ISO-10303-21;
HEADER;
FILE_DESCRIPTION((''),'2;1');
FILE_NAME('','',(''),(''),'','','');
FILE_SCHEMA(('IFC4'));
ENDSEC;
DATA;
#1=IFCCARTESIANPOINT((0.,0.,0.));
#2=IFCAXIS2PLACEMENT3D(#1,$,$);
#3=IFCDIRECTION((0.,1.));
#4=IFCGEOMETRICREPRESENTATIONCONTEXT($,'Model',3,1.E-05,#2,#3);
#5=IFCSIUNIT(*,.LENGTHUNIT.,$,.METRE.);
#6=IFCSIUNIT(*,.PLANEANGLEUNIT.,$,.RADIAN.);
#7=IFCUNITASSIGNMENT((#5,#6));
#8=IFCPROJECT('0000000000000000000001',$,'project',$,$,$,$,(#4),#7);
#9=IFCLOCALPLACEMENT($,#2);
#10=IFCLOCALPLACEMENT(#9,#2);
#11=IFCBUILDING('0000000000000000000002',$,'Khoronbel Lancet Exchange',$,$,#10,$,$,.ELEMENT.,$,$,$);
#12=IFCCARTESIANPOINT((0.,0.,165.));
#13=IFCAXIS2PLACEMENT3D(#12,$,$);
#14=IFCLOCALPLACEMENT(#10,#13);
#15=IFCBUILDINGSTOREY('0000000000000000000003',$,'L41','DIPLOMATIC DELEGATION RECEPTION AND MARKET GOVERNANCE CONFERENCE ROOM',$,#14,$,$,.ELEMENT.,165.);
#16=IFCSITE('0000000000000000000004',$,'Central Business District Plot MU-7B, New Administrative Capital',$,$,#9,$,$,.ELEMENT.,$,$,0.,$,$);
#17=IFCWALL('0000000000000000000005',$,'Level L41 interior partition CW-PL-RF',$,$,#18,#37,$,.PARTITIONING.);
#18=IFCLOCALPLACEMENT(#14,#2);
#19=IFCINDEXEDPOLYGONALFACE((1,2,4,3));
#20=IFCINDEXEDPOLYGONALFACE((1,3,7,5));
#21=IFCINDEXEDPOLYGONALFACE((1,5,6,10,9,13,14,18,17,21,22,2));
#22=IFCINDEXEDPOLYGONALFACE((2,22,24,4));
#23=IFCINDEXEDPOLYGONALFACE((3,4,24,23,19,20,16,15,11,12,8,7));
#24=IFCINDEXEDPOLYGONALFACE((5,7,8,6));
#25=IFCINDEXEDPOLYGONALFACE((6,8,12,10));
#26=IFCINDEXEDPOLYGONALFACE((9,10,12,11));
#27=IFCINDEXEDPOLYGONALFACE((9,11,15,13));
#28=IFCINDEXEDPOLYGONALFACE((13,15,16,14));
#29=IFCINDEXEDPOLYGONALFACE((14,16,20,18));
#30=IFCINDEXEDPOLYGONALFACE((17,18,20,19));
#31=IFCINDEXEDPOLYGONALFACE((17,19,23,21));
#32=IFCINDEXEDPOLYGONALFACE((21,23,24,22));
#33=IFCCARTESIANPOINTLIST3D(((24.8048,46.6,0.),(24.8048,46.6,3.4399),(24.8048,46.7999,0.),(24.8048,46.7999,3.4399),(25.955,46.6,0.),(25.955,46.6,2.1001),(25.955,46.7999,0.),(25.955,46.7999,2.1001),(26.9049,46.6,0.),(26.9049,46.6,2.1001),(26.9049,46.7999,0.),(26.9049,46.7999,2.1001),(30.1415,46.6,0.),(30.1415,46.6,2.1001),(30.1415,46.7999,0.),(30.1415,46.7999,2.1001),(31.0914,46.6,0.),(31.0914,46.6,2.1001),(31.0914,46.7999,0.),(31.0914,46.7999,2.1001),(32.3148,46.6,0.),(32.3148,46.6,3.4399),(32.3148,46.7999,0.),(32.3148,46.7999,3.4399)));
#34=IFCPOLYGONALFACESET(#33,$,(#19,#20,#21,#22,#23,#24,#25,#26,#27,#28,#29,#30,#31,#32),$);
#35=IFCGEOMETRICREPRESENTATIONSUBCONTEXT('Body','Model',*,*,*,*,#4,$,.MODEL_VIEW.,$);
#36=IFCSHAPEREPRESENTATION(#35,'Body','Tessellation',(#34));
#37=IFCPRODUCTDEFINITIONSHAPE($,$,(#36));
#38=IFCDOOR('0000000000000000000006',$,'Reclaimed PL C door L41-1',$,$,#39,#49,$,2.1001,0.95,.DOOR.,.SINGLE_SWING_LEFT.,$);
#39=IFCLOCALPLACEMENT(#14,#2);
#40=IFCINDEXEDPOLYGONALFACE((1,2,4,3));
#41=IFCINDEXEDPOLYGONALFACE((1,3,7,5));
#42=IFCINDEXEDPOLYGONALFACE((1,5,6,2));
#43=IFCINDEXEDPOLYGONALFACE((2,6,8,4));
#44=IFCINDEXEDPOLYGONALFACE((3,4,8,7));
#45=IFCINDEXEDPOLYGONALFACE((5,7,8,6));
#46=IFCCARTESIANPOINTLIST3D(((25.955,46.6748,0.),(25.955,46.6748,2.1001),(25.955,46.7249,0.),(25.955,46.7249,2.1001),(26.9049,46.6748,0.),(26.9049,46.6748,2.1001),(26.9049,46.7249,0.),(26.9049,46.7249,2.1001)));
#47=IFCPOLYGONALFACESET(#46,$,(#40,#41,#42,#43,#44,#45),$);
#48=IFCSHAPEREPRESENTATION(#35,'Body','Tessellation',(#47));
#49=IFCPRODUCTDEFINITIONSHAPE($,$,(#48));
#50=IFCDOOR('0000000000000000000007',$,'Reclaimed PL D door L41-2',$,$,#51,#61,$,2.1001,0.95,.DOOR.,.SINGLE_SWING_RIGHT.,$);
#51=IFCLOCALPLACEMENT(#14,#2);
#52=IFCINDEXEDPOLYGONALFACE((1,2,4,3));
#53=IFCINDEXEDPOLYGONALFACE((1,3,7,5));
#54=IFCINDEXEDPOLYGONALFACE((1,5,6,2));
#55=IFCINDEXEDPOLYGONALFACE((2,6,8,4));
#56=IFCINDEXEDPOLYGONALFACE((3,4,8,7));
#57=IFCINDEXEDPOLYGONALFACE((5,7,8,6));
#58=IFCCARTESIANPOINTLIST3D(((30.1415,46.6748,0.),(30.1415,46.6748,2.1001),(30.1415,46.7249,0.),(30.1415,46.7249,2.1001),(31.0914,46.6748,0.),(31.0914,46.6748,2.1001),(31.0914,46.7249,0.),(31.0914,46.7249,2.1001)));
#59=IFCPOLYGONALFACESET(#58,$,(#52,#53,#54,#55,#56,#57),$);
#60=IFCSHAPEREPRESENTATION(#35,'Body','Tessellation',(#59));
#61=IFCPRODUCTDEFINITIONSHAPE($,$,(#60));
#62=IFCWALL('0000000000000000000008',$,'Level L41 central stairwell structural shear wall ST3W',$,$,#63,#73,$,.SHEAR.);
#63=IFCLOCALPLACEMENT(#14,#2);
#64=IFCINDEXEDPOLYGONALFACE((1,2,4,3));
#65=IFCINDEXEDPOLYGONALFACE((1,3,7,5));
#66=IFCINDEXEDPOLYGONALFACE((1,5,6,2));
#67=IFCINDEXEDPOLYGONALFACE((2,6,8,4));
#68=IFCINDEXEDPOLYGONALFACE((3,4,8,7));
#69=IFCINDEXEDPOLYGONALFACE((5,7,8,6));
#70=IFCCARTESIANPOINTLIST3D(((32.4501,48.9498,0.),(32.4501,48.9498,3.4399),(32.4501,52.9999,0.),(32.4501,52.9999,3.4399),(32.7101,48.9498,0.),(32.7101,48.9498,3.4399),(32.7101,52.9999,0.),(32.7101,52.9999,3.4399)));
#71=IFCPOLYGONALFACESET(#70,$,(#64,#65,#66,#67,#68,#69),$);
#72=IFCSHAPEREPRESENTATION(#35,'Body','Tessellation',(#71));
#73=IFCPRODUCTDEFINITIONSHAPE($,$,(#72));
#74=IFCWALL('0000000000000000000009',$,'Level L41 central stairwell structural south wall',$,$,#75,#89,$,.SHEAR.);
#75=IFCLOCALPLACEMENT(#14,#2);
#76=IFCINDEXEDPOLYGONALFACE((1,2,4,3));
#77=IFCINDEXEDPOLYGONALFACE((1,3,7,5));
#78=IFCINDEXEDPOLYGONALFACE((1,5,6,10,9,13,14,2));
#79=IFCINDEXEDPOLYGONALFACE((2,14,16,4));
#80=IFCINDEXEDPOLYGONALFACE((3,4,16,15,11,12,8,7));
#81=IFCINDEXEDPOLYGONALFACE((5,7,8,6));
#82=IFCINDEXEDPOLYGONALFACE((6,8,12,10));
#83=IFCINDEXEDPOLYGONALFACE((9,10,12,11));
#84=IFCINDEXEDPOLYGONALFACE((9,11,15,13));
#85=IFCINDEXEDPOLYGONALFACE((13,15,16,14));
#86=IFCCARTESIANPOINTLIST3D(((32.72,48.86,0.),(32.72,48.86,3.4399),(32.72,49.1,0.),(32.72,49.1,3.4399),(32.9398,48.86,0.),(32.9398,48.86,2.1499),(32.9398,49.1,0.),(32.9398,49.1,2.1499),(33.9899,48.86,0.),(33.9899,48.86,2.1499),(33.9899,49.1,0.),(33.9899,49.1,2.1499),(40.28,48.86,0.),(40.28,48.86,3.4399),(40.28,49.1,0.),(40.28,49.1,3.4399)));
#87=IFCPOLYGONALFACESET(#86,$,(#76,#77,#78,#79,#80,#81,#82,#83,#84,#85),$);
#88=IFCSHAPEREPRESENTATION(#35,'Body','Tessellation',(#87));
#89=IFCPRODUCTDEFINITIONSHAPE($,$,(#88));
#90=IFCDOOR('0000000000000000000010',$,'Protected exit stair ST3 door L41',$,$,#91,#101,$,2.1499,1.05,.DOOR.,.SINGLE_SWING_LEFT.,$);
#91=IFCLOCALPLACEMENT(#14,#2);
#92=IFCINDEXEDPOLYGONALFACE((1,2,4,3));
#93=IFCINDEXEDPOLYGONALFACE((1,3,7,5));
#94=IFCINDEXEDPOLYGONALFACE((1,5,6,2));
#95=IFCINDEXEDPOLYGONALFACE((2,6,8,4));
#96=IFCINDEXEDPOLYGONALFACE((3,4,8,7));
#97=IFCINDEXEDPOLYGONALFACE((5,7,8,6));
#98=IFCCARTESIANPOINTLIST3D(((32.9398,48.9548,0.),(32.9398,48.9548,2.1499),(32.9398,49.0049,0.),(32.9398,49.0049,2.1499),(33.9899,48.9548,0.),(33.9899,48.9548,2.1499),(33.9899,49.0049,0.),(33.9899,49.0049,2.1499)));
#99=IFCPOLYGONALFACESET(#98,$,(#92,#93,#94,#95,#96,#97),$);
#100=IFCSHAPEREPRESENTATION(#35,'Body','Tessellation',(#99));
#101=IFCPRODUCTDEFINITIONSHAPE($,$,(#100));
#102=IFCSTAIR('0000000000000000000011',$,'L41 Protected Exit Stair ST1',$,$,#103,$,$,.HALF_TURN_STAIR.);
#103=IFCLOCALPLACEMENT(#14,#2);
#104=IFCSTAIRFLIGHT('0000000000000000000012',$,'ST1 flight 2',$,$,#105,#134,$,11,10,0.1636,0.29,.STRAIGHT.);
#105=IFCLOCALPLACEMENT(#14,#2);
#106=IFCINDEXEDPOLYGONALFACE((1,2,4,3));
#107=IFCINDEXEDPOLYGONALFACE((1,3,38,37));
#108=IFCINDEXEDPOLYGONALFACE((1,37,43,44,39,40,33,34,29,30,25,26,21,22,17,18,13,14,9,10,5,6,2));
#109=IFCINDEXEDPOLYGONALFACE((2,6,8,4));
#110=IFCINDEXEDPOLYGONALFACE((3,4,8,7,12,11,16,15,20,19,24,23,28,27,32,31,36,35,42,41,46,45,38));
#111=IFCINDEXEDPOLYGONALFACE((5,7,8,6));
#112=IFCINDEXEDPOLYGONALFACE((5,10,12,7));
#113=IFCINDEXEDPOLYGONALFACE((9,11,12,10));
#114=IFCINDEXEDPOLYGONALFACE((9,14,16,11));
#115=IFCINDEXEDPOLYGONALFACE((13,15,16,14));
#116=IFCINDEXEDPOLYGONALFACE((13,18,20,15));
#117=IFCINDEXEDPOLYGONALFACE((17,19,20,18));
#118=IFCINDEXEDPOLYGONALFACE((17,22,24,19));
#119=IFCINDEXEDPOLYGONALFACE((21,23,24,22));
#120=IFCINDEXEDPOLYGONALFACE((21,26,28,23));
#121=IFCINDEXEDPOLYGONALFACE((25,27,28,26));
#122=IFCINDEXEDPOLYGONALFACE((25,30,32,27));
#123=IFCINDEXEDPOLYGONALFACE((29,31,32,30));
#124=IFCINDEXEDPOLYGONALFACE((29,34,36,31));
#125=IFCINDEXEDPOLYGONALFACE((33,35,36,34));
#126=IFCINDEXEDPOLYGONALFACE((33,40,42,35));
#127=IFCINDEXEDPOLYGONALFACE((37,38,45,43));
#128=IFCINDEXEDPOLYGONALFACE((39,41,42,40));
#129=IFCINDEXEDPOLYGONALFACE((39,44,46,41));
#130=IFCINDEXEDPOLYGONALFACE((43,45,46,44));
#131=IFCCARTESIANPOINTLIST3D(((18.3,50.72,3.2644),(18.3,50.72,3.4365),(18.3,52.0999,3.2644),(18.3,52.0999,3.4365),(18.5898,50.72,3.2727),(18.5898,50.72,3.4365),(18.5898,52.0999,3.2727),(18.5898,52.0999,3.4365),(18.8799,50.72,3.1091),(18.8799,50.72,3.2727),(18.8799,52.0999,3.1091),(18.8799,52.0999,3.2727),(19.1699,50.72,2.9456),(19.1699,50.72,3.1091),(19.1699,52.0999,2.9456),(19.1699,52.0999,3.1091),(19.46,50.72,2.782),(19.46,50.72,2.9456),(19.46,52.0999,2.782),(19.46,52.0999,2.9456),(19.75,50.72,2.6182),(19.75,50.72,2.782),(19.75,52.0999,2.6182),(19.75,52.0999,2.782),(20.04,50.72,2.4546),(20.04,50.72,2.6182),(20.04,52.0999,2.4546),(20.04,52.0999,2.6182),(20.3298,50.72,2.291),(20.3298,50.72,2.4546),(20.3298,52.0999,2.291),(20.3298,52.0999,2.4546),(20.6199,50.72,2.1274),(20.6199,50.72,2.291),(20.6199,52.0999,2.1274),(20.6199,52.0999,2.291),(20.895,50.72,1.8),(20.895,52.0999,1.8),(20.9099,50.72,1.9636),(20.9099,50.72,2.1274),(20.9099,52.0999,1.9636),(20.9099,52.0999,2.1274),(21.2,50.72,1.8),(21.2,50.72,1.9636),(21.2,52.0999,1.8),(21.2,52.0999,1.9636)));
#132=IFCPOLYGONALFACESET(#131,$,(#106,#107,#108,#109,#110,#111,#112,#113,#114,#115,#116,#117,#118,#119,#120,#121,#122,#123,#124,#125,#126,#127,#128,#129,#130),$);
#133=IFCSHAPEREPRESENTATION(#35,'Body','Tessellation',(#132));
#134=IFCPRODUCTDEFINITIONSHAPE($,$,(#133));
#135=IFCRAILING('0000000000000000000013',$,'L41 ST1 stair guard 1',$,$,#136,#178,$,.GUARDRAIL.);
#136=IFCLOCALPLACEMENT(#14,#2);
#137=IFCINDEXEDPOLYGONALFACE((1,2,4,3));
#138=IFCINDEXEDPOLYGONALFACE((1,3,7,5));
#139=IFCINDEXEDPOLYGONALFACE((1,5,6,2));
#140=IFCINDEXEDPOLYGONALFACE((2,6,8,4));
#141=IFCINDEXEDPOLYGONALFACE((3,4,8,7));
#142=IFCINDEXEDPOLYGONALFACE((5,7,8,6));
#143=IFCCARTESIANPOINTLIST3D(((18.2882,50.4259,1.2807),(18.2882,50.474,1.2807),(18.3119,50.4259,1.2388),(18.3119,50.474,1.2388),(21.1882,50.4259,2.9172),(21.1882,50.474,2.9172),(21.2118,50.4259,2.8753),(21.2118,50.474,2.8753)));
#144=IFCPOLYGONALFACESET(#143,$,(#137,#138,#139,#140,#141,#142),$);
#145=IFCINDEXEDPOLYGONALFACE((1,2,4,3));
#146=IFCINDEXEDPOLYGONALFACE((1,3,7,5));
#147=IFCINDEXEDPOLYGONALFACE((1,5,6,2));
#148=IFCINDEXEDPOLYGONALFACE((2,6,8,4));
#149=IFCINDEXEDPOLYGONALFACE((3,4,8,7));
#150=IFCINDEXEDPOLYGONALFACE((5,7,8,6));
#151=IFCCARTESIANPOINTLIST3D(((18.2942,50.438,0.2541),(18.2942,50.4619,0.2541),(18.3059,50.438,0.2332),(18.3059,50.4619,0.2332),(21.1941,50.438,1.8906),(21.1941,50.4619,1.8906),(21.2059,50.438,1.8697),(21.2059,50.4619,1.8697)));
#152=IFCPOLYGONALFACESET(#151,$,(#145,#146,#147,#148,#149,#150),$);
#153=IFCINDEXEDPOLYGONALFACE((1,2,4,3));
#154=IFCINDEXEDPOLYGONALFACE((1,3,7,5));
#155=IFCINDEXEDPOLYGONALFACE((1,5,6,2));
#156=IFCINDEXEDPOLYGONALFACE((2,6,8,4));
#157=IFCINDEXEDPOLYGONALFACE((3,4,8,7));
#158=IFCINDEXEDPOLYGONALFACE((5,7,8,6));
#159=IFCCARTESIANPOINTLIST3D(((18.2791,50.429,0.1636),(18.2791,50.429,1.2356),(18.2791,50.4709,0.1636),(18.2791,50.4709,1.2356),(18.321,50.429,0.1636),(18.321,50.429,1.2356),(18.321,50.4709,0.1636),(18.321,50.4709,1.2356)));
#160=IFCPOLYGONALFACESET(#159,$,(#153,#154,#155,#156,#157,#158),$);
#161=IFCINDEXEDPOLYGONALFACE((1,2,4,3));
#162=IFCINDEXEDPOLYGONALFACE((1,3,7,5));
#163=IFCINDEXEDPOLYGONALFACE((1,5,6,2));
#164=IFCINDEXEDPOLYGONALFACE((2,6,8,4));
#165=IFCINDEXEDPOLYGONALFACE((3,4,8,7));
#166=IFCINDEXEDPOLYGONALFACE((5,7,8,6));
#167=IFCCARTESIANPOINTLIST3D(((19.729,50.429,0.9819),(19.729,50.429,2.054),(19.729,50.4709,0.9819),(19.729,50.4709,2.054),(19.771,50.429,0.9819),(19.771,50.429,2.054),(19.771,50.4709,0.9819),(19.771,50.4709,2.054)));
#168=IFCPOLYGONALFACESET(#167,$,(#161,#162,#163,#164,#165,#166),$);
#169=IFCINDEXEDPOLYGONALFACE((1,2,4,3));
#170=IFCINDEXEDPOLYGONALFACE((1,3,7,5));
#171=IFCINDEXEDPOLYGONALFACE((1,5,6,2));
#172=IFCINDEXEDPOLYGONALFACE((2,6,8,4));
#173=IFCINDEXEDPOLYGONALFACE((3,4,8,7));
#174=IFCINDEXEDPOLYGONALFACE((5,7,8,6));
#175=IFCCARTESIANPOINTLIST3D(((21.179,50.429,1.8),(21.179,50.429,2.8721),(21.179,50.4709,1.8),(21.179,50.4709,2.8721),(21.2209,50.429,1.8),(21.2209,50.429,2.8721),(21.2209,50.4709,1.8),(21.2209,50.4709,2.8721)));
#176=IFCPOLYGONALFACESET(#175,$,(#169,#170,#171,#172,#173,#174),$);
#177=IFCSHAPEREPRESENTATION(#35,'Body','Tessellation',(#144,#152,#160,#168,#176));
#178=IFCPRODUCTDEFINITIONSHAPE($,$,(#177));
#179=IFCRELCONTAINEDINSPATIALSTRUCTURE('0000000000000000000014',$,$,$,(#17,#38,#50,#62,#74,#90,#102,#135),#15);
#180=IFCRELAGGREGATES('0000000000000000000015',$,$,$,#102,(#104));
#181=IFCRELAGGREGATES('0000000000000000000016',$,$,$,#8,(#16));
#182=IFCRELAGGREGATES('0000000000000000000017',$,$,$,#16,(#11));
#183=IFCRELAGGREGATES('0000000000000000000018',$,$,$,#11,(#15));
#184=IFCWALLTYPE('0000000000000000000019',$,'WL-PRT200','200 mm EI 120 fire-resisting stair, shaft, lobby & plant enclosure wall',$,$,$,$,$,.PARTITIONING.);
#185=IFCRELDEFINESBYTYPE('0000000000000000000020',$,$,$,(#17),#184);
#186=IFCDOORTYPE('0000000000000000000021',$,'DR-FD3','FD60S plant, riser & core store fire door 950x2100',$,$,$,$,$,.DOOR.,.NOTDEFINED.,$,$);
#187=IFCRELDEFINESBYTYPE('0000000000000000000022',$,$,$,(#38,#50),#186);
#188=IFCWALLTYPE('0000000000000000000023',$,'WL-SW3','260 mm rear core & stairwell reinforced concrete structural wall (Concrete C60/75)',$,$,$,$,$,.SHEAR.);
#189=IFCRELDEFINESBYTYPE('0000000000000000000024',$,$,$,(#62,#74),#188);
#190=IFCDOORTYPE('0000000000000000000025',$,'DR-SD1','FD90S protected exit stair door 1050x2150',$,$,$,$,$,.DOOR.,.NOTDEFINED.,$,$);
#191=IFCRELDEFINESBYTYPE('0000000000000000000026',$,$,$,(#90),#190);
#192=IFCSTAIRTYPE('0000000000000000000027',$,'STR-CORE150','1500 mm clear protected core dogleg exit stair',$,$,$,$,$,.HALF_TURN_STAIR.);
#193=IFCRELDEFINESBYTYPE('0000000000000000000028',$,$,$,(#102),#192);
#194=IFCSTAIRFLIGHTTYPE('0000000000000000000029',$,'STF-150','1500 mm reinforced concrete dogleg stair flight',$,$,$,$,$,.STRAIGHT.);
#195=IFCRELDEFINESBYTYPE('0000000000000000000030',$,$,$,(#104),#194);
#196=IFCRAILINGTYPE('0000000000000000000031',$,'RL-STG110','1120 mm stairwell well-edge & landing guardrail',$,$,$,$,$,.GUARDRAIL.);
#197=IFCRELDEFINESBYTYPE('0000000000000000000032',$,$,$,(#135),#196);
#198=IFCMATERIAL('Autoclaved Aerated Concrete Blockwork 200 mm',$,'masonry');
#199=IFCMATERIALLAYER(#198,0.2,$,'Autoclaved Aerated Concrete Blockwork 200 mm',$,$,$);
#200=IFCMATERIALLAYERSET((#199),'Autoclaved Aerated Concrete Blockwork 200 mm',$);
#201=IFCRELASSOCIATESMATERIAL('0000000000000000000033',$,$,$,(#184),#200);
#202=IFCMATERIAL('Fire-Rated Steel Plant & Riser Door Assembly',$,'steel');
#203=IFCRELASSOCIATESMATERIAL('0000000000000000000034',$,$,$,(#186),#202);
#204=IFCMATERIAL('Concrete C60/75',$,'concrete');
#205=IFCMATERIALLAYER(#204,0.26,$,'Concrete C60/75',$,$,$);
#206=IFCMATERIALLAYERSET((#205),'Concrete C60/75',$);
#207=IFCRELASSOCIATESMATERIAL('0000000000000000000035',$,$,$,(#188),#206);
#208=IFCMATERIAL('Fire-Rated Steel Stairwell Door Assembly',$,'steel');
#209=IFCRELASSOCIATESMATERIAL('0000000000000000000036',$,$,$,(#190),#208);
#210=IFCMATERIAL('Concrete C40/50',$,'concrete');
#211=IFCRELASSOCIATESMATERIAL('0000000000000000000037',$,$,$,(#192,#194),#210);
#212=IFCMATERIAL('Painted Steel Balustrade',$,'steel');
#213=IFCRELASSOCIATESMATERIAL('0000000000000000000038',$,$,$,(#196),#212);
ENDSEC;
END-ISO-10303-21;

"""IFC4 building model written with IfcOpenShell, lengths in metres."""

from ifc_helpers import new_model, si_unit, direction, frame, frame_2d, origin, origin_2d, place, context, subcontext, project, spatial, polyline, rectangle, outline, extrude, material, layer, layer_set, type_object, element, fill, aggregate, save


model = new_model("IFC4")

# Units and contexts
model_context = context("Model", 3, precision=1e-05, world=origin(), true_north=direction((0.0, 1.0)))
body_context = subcontext(model_context, "Body", "Model", "MODEL_VIEW")
ifc_project = project(units=[si_unit("LENGTHUNIT", "METRE"), si_unit("PLANEANGLEUNIT", "RADIAN")], contexts=[model_context])

# Site, building, storey
site_placement = place(None, origin())
site = spatial("IfcSite", under=ifc_project, at=site_placement, Name="Central Business District Plot MU-7B, New Administrative Capital", CompositionType="ELEMENT", RefElevation=0.0)
building_placement = place(site_placement, origin())
building = spatial("IfcBuilding", under=site, at=building_placement, Name="Khoronbel Lancet Exchange", CompositionType="ELEMENT")
storey_placement = place(building_placement, frame((0.0, 0.0, 165.0)))
storey = spatial("IfcBuildingStorey", under=building, at=storey_placement, Name="L41", Description="DIPLOMATIC DELEGATION RECEPTION AND MARKET GOVERNANCE CONFERENCE ROOM", CompositionType="ELEMENT", Elevation=165.0)

# Shared definitions
ifc_material_1 = material(Name="Autoclaved Aerated Concrete Blockwork 200 mm", Category="masonry")
ifc_layer_1 = layer(ifc_material_1, 0.2, Name="Autoclaved Aerated Concrete Blockwork 200 mm")
ifc_layer_set_1 = layer_set([ifc_layer_1], Name="Autoclaved Aerated Concrete Blockwork 200 mm")
wall_type_1 = type_object("IfcWallType", Name="WL-PRT200", Description="200 mm EI 120 fire-resisting stair, shaft, lobby & plant enclosure wall", PredefinedType="PARTITIONING", material=ifc_layer_set_1)

# Wall, openings, doors
wall_1_placement = place(storey_placement, frame((24.8049, 46.7, 0.0), z_axis=(0.0, 0.0, 1.0), x_axis=(1.0, 0.0, 0.0)))
wall_1 = element("IfcWall", 1, at=wall_1_placement, inside=storey, type_object=wall_type_1, Name="Level L41 interior partition CW-PL-RF", PredefinedType="PARTITIONING", context=body_context, shape_type="SweptSolid", body=[
    extrude(rectangle(XDim=7.51, YDim=0.2, at=frame_2d((3.7549, 0.0))), origin(), (0.0, 0.0, 1.0), 3.4399),
])
opening_1_placement = place(wall_1_placement, frame((1.1499, 0.0, 0.0)))
opening_1 = element("IfcOpeningElement", 2, at=opening_1_placement, cuts=wall_1, PredefinedType="OPENING", context=body_context, shape_type="SweptSolid", body=[
    extrude(rectangle(XDim=0.95, YDim=2.1001, at=frame_2d((0.4751, 1.05))), frame((0.0, 0.1099, 0.0), z_axis=(0.0, -1.0, 0.0), x_axis=(1.0, 0.0, 0.0)), (0.0, 0.0, 1.0), 0.22),
])
opening_2_placement = place(wall_1_placement, frame((5.3364, 0.0, 0.0)))
opening_2 = element("IfcOpeningElement", 3, at=opening_2_placement, cuts=wall_1, PredefinedType="OPENING", context=body_context, shape_type="SweptSolid", body=[
    extrude(rectangle(XDim=0.95, YDim=2.1001, at=frame_2d((0.4751, 1.05))), frame((0.0, 0.1099, 0.0), z_axis=(0.0, -1.0, 0.0), x_axis=(1.0, 0.0, 0.0)), (0.0, 0.0, 1.0), 0.22),
])
ifc_material_2 = material(Name="Fire-Rated Steel Plant & Riser Door Assembly", Category="steel")
door_type_1 = type_object("IfcDoorType", Name="DR-FD3", Description="FD60S plant, riser & core store fire door 950x2100", OperationType="NOTDEFINED", PredefinedType="DOOR", material=ifc_material_2)
door_1_placement = place(opening_1_placement, origin())
door_1 = element("IfcDoor", 4, at=door_1_placement, inside=storey, type_object=door_type_1, Name="Reclaimed PL C door L41-1", OperationType="SINGLE_SWING_LEFT", OverallHeight=2.1001, OverallWidth=0.95, PredefinedType="DOOR", context=body_context, shape_type="SweptSolid", body=[
    extrude(rectangle(XDim=0.95, YDim=2.1001, at=frame_2d((0.4751, 1.05))), frame((0.0, 0.0249, 0.0), z_axis=(0.0, -1.0, 0.0), x_axis=(1.0, 0.0, 0.0)), (0.0, 0.0, 1.0), 0.05),
])
fill(opening_1, door_1)
door_2_placement = place(opening_2_placement, origin())
door_2 = element("IfcDoor", 5, at=door_2_placement, inside=storey, type_object=door_type_1, Name="Reclaimed PL D door L41-2", OperationType="SINGLE_SWING_RIGHT", OverallHeight=2.1001, OverallWidth=0.95, PredefinedType="DOOR", context=body_context, shape_type="SweptSolid", body=[
    extrude(rectangle(XDim=0.95, YDim=2.1001, at=frame_2d((0.4751, 1.05))), frame((0.0, 0.0249, 0.0), z_axis=(0.0, -1.0, 0.0), x_axis=(1.0, 0.0, 0.0)), (0.0, 0.0, 1.0), 0.05),
])
fill(opening_2, door_2)

# Wall
ifc_material_3 = material(Name="Concrete C60/75", Category="concrete")
ifc_layer_2 = layer(ifc_material_3, 0.26, Name="Concrete C60/75")
ifc_layer_set_2 = layer_set([ifc_layer_2], Name="Concrete C60/75")
wall_type_2 = type_object("IfcWallType", Name="WL-SW3", Description="260 mm rear core & stairwell reinforced concrete structural wall (Concrete C60/75)", PredefinedType="SHEAR", material=ifc_layer_set_2)
wall_2_placement = place(storey_placement, frame((32.5801, 48.95, 0.0), z_axis=(0.0, 0.0, 1.0), x_axis=(0.0, 1.0, 0.0)))
element("IfcWall", 6, at=wall_2_placement, inside=storey, type_object=wall_type_2, Name="Level L41 central stairwell structural shear wall ST3W", PredefinedType="SHEAR", context=body_context, shape_type="SweptSolid", body=[
    extrude(rectangle(XDim=4.05, YDim=0.26, at=frame_2d((2.0249, 0.0))), origin(), (0.0, 0.0, 1.0), 3.4399),
])

# Wall, opening, door
wall_3_placement = place(storey_placement, frame((32.72, 48.98, 0.0), z_axis=(0.0, 0.0, 1.0), x_axis=(1.0, 0.0, 0.0)))
wall_3 = element("IfcWall", 7, at=wall_3_placement, inside=storey, type_object=wall_type_2, Name="Level L41 central stairwell structural south wall", PredefinedType="SHEAR", context=body_context, shape_type="SweptSolid", body=[
    extrude(rectangle(XDim=7.5601, YDim=0.24, at=frame_2d((3.78, 0.0))), origin(), (0.0, 0.0, 1.0), 3.4399),
])
opening_3_placement = place(wall_3_placement, frame((0.22, 0.0, 0.0)))
opening_3 = element("IfcOpeningElement", 8, at=opening_3_placement, cuts=wall_3, PredefinedType="OPENING", context=body_context, shape_type="SweptSolid", body=[
    extrude(rectangle(XDim=1.05, YDim=2.1499, at=frame_2d((0.5249, 1.075))), frame((0.0, 0.1299, 0.0), z_axis=(0.0, -1.0, 0.0), x_axis=(1.0, 0.0, 0.0)), (0.0, 0.0, 1.0), 0.26),
])
ifc_material_4 = material(Name="Fire-Rated Steel Stairwell Door Assembly", Category="steel")
door_type_2 = type_object("IfcDoorType", Name="DR-SD1", Description="FD90S protected exit stair door 1050x2150", OperationType="NOTDEFINED", PredefinedType="DOOR", material=ifc_material_4)
door_3_placement = place(opening_3_placement, origin())
door_3 = element("IfcDoor", 9, at=door_3_placement, inside=storey, type_object=door_type_2, Name="Protected exit stair ST3 door L41", OperationType="SINGLE_SWING_LEFT", OverallHeight=2.1499, OverallWidth=1.05, PredefinedType="DOOR", context=body_context, shape_type="SweptSolid", body=[
    extrude(rectangle(XDim=1.05, YDim=2.1499, at=frame_2d((0.5249, 1.075))), frame((0.0, 0.0249, 0.0), z_axis=(0.0, -1.0, 0.0), x_axis=(1.0, 0.0, 0.0)), (0.0, 0.0, 1.0), 0.05),
])
fill(opening_3, door_3)

# Stair, stair flight
ifc_material_5 = material(Name="Concrete C40/50", Category="concrete")
stair_type = type_object("IfcStairType", Name="STR-CORE150", Description="1500 mm clear protected core dogleg exit stair", PredefinedType="HALF_TURN_STAIR", material=ifc_material_5)
stair_placement = place(storey_placement, origin())
stair = element("IfcStair", 10, at=stair_placement, inside=storey, type_object=stair_type, Name="L41 Protected Exit Stair ST1", PredefinedType="HALF_TURN_STAIR")
stair_flight_type = type_object("IfcStairFlightType", Name="STF-150", Description="1500 mm reinforced concrete dogleg stair flight", PredefinedType="STRAIGHT", material=ifc_material_5)
stair_flight_placement = place(storey_placement, frame((21.2, 51.4099, 1.8), z_axis=(0.0, 0.0, 1.0), x_axis=(-1.0, 0.0, 0.0)))
stair_flight = element("IfcStairFlight", 11, at=stair_flight_placement, type_object=stair_flight_type, Name="ST1 flight 2", NumberOfRisers=11, NumberOfTreads=10, PredefinedType="STRAIGHT", RiserHeight=0.1636, TreadLength=0.29, context=body_context, shape_type="SweptSolid", body=[
    extrude(outline(polyline([(0.0, 0.0), (0.0, 0.1636), (0.29, 0.1636), (0.29, 0.3274), (0.5801, 0.3274), (0.5801, 0.491), (0.8701, 0.491), (0.8701, 0.6545), (1.1599, 0.6545), (1.1599, 0.8181), (1.45, 0.8181), (1.45, 0.9819), (1.74, 0.9819), (1.74, 1.1455), (2.03, 1.1455), (2.03, 1.3091), (2.3201, 1.3091), (2.3201, 1.4727), (2.6101, 1.4727), (2.6101, 1.6365), (2.8999, 1.6365), (2.8999, 1.8), (2.8999, 1.4644), (0.3049, 0.0), (0.0, 0.0)])), frame((0.0, 0.6899, 0.0), z_axis=(0.0, -1.0, 0.0), x_axis=(1.0, 0.0, 0.0)), (0.0, 0.0, 1.0), 1.3799),
])
aggregate(stair, [stair_flight])

# Railing
ifc_material_6 = material(Name="Painted Steel Balustrade", Category="steel")
railing_type_1 = type_object("IfcRailingType", Name="RL-STG110", Description="1120 mm stairwell well-edge & landing guardrail", PredefinedType="GUARDRAIL", material=ifc_material_6)
railing_1_placement = place(storey_placement, frame((18.3, 50.45, 0.1636)))
element("IfcRailing", 12, at=railing_1_placement, inside=storey, type_object=railing_type_1, Name="L41 ST1 stair guard 1", PredefinedType="GUARDRAIL", context=body_context, shape_type="SweptSolid", body=[
    extrude(rectangle(XDim=0.0481, YDim=0.0481, at=origin_2d()), frame((0.0, 0.0, 1.0962), z_axis=(0.870897, 0.0, 0.491465), x_axis=(0.0, 1.0, 0.0)), (0.0, 0.0, 1.0), 3.3298),
    extrude(rectangle(XDim=0.0239, YDim=0.0239, at=origin_2d()), frame((0.0, 0.0, 0.0801), z_axis=(0.870897, 0.0, 0.491465), x_axis=(0.0, 1.0, 0.0)), (0.0, 0.0, 1.0), 3.3298),
    extrude(rectangle(XDim=0.042, YDim=0.042, at=origin_2d()), origin(), (0.0, 0.0, 1.0), 1.072),
    extrude(rectangle(XDim=0.042, YDim=0.042, at=origin_2d()), frame((1.45, 0.0, 0.8184)), (0.0, 0.0, 1.0), 1.072),
    extrude(rectangle(XDim=0.042, YDim=0.042, at=origin_2d()), frame((2.8999, 0.0, 1.6365)), (0.0, 0.0, 1.0), 1.072),
])

save(model, "model.ifc")
